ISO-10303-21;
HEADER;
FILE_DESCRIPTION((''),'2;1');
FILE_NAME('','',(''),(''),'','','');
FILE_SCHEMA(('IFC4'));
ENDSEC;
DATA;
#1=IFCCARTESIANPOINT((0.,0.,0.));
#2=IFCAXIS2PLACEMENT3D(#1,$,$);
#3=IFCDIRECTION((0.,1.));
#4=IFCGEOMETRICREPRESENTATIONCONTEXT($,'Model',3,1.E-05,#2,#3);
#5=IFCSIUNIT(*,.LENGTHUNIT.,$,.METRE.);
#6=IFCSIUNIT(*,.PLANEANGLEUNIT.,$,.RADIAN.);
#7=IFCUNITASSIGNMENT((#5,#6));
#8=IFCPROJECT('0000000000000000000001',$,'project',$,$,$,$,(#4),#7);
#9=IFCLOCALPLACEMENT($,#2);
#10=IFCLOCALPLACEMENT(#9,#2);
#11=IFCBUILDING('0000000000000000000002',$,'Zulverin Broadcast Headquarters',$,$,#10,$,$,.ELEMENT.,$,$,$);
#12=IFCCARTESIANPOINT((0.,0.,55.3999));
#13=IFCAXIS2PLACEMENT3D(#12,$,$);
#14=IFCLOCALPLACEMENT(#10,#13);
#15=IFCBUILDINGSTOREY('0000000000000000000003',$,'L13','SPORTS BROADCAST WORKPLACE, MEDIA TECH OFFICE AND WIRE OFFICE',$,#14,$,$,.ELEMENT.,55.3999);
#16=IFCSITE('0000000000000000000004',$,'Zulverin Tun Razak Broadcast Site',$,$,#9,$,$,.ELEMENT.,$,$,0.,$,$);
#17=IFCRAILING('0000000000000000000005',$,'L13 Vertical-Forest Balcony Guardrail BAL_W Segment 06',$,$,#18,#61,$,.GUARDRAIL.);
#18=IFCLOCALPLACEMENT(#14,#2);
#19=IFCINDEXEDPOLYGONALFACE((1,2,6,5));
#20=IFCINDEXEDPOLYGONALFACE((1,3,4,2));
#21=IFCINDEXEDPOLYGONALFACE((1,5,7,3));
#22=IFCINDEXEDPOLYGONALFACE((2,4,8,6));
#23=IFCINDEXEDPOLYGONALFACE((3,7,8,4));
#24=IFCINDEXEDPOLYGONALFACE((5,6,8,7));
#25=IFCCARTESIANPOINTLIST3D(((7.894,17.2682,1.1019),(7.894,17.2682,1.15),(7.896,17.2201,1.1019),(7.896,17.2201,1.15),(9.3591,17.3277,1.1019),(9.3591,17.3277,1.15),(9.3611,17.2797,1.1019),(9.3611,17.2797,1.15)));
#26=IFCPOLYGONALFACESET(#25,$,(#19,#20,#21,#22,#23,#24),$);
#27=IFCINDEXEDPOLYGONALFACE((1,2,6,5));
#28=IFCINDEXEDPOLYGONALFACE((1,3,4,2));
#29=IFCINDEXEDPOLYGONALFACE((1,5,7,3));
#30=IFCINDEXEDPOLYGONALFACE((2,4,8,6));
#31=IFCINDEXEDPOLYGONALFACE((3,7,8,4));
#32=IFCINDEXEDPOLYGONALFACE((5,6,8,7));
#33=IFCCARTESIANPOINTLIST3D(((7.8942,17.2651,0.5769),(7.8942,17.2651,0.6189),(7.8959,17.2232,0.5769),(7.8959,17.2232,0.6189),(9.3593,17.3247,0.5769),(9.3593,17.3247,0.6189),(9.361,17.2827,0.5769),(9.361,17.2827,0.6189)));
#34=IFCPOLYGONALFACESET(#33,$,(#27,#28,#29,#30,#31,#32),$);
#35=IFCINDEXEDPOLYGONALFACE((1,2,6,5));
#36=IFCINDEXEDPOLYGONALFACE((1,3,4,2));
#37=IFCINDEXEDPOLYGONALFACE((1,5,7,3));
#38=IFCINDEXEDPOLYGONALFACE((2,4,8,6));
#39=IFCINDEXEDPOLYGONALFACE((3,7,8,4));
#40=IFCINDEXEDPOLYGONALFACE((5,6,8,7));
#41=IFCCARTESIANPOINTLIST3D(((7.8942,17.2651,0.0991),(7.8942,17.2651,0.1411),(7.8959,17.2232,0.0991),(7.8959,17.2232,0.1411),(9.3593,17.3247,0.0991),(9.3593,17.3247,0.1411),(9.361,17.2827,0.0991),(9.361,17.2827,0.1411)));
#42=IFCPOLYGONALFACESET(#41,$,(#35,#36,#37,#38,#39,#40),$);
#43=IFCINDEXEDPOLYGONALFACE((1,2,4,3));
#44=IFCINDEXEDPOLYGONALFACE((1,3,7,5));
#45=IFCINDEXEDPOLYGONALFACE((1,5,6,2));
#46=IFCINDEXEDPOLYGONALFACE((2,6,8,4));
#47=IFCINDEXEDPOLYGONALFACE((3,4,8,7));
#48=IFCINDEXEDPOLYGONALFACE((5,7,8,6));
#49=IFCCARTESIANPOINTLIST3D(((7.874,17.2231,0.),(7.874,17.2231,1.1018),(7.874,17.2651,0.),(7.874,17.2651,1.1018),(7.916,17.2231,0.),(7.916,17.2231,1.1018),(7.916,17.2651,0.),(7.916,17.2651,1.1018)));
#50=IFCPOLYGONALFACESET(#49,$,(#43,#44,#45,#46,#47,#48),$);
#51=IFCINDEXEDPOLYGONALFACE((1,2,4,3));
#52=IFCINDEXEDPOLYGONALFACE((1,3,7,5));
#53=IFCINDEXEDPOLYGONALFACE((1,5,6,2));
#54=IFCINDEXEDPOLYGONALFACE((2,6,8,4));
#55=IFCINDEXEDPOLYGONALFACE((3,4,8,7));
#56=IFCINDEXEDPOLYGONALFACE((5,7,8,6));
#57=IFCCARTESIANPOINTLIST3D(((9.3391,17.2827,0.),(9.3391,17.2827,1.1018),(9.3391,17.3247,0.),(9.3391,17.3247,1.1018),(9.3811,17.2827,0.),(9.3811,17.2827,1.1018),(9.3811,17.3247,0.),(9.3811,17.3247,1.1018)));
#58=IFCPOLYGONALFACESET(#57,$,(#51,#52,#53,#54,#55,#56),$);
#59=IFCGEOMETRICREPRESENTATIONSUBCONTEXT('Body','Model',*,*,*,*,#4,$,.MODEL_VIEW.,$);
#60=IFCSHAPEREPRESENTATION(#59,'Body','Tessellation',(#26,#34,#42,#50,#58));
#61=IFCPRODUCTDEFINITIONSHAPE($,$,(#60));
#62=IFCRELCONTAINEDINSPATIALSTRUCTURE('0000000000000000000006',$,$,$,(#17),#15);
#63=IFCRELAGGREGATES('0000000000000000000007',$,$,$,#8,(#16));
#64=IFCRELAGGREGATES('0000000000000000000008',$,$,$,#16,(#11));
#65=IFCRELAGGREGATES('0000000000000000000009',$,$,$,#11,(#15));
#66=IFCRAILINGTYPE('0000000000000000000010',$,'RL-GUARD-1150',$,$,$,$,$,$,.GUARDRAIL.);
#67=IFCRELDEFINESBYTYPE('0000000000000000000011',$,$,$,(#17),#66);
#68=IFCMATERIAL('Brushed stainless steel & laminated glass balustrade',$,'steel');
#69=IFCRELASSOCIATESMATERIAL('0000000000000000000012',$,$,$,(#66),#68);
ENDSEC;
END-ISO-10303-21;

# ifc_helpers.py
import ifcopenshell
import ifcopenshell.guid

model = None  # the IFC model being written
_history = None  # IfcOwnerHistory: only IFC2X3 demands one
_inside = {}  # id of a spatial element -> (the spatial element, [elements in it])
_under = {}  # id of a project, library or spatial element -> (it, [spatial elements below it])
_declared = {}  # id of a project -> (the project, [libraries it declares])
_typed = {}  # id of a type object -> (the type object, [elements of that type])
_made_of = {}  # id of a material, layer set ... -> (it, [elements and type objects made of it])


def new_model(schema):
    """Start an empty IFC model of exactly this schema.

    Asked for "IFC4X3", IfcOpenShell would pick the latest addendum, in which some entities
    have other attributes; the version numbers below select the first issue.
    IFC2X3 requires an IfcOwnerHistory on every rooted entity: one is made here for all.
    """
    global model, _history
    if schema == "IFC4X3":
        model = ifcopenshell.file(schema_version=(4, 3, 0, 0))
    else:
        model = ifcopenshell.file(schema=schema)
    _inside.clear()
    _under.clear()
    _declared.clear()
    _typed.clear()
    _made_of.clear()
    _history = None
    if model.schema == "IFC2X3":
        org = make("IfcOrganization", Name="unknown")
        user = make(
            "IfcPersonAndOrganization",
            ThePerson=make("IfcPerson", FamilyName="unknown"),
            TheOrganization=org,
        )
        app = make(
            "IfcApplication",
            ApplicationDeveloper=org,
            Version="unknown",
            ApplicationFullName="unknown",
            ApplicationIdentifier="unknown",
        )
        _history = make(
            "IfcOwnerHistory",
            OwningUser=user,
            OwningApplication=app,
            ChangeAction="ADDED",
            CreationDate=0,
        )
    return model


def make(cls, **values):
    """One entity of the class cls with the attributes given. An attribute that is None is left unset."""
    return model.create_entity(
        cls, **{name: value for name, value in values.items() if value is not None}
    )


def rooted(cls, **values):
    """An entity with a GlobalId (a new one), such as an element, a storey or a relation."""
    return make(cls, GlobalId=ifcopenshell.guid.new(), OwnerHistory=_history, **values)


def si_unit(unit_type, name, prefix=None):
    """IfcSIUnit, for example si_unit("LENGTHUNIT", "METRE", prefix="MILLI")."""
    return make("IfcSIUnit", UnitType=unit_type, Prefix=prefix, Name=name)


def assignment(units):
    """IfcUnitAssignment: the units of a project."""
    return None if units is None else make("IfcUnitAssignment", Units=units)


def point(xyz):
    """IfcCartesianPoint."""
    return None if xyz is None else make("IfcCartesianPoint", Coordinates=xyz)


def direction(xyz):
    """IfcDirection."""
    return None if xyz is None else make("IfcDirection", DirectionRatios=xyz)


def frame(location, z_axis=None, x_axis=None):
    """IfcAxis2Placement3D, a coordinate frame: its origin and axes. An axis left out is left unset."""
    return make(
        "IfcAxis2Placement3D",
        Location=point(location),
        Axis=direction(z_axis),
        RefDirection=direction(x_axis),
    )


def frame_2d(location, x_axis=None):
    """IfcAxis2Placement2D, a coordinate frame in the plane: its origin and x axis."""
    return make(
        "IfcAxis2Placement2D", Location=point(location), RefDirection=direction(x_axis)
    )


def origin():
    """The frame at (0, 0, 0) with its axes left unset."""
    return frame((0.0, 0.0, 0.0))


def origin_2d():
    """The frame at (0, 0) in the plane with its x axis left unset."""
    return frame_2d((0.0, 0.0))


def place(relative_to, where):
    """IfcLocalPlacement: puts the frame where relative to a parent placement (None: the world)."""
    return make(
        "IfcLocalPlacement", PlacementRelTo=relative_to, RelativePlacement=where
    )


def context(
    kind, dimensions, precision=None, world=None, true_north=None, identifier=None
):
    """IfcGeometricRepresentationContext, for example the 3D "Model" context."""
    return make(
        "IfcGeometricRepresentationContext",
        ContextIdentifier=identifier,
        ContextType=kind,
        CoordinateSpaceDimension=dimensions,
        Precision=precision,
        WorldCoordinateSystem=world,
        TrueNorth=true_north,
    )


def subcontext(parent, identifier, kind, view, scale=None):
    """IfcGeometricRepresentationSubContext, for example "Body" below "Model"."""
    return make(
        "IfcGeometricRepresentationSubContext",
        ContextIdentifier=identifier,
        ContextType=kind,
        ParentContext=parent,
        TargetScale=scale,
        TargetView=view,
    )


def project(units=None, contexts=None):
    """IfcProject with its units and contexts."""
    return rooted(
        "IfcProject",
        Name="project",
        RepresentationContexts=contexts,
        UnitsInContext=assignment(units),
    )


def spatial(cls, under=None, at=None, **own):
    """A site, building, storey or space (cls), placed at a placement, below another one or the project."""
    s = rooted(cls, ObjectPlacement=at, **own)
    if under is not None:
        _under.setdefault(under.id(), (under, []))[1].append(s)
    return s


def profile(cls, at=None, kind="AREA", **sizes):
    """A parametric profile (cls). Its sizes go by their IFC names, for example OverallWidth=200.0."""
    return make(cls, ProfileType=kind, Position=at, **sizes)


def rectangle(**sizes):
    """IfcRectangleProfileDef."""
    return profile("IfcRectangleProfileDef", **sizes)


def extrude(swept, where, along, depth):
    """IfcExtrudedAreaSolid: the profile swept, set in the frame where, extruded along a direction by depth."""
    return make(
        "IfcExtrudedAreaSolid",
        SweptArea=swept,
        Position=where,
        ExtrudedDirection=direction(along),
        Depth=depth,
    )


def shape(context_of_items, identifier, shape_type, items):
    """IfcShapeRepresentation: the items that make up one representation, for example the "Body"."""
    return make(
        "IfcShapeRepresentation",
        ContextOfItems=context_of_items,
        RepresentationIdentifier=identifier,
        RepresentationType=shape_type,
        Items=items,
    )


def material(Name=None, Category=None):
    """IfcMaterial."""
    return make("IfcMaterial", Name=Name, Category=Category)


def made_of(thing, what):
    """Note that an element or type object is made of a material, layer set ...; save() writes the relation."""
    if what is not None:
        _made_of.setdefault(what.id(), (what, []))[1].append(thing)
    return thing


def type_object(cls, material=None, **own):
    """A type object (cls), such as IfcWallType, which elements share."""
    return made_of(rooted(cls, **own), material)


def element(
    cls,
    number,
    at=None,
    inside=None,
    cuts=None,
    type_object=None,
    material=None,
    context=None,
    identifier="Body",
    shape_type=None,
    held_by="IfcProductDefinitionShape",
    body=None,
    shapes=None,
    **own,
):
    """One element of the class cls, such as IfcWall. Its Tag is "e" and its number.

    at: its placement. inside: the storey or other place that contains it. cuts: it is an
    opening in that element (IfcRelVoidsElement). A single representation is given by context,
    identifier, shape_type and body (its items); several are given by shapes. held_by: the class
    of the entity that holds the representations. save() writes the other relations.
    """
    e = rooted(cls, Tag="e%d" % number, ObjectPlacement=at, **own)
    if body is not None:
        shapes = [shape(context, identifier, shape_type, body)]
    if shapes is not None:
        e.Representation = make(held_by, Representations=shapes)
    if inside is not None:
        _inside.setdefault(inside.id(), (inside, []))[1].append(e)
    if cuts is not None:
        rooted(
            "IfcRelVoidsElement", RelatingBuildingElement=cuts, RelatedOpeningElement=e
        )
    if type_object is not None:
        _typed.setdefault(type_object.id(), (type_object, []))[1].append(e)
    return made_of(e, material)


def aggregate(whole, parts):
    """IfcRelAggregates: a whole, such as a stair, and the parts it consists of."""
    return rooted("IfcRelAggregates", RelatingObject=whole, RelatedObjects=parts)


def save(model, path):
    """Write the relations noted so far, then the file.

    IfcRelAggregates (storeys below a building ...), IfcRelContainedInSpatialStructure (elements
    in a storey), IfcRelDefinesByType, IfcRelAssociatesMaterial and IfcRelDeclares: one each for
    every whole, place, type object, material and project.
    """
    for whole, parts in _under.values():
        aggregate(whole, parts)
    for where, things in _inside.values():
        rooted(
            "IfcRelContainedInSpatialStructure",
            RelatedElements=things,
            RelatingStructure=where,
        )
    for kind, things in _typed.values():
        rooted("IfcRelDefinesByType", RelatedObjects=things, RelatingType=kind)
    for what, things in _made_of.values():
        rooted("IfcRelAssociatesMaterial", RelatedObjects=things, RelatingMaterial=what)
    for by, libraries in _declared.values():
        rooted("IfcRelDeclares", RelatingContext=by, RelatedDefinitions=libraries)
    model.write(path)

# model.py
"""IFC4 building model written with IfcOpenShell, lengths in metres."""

from ifc_helpers import new_model, si_unit, direction, frame, origin, origin_2d, place, context, subcontext, project, spatial, rectangle, extrude, material, type_object, element, save


model = new_model("IFC4")

# Units and contexts
model_context = context("Model", 3, precision=1e-05, world=origin(), true_north=direction((0.0, 1.0)))
body_context = subcontext(model_context, "Body", "Model", "MODEL_VIEW")
ifc_project = project(units=[si_unit("LENGTHUNIT", "METRE"), si_unit("PLANEANGLEUNIT", "RADIAN")], contexts=[model_context])

# Site, building, storey
site_placement = place(None, origin())
site = spatial("IfcSite", under=ifc_project, at=site_placement, Name="Zulverin Tun Razak Broadcast Site", CompositionType="ELEMENT", RefElevation=0.0)
building_placement = place(site_placement, origin())
building = spatial("IfcBuilding", under=site, at=building_placement, Name="Zulverin Broadcast Headquarters", CompositionType="ELEMENT")
storey_placement = place(building_placement, frame((0.0, 0.0, 55.3999)))
storey = spatial("IfcBuildingStorey", under=building, at=storey_placement, Name="L13", Description="SPORTS BROADCAST WORKPLACE, MEDIA TECH OFFICE AND WIRE OFFICE", CompositionType="ELEMENT", Elevation=55.3999)

# Railing
ifc_material_1 = material(Name="Brushed stainless steel & laminated glass balustrade", Category="steel")
railing_type = type_object("IfcRailingType", Name="RL-GUARD-1150", PredefinedType="GUARDRAIL", material=ifc_material_1)
railing_1_placement = place(storey_placement, frame((7.895, 17.2441, 0.0)))
element("IfcRailing", 1, at=railing_1_placement, inside=storey, type_object=railing_type, Name="L13 Vertical-Forest Balcony Guardrail BAL_W Segment 06", PredefinedType="GUARDRAIL", context=body_context, shape_type="SweptSolid", body=[
    extrude(rectangle(XDim=0.0481, YDim=0.0481, at=origin_2d()), frame((0.0, 0.0, 1.126), z_axis=(0.999174, 0.040626, 0.0), x_axis=(-0.040626, 0.999174, 0.0)), (0.0, 0.0, 1.0), 1.4663),
    extrude(rectangle(XDim=0.042, YDim=0.042, at=origin_2d()), frame((0.0, 0.0, 0.5979), z_axis=(0.999174, 0.040626, 0.0), x_axis=(-0.040626, 0.999174, 0.0)), (0.0, 0.0, 1.0), 1.4663),
    extrude(rectangle(XDim=0.042, YDim=0.042, at=origin_2d()), frame((0.0, 0.0, 0.1201), z_axis=(0.999174, 0.040626, 0.0), x_axis=(-0.040626, 0.999174, 0.0)), (0.0, 0.0, 1.0), 1.4663),
    extrude(rectangle(XDim=0.042, YDim=0.042, at=origin_2d()), origin(), (0.0, 0.0, 1.0), 1.1018),
    extrude(rectangle(XDim=0.042, YDim=0.042, at=origin_2d()), frame((1.4651, 0.0596, 0.0)), (0.0, 0.0, 1.0), 1.1018),
])

save(model, "model.ifc")
